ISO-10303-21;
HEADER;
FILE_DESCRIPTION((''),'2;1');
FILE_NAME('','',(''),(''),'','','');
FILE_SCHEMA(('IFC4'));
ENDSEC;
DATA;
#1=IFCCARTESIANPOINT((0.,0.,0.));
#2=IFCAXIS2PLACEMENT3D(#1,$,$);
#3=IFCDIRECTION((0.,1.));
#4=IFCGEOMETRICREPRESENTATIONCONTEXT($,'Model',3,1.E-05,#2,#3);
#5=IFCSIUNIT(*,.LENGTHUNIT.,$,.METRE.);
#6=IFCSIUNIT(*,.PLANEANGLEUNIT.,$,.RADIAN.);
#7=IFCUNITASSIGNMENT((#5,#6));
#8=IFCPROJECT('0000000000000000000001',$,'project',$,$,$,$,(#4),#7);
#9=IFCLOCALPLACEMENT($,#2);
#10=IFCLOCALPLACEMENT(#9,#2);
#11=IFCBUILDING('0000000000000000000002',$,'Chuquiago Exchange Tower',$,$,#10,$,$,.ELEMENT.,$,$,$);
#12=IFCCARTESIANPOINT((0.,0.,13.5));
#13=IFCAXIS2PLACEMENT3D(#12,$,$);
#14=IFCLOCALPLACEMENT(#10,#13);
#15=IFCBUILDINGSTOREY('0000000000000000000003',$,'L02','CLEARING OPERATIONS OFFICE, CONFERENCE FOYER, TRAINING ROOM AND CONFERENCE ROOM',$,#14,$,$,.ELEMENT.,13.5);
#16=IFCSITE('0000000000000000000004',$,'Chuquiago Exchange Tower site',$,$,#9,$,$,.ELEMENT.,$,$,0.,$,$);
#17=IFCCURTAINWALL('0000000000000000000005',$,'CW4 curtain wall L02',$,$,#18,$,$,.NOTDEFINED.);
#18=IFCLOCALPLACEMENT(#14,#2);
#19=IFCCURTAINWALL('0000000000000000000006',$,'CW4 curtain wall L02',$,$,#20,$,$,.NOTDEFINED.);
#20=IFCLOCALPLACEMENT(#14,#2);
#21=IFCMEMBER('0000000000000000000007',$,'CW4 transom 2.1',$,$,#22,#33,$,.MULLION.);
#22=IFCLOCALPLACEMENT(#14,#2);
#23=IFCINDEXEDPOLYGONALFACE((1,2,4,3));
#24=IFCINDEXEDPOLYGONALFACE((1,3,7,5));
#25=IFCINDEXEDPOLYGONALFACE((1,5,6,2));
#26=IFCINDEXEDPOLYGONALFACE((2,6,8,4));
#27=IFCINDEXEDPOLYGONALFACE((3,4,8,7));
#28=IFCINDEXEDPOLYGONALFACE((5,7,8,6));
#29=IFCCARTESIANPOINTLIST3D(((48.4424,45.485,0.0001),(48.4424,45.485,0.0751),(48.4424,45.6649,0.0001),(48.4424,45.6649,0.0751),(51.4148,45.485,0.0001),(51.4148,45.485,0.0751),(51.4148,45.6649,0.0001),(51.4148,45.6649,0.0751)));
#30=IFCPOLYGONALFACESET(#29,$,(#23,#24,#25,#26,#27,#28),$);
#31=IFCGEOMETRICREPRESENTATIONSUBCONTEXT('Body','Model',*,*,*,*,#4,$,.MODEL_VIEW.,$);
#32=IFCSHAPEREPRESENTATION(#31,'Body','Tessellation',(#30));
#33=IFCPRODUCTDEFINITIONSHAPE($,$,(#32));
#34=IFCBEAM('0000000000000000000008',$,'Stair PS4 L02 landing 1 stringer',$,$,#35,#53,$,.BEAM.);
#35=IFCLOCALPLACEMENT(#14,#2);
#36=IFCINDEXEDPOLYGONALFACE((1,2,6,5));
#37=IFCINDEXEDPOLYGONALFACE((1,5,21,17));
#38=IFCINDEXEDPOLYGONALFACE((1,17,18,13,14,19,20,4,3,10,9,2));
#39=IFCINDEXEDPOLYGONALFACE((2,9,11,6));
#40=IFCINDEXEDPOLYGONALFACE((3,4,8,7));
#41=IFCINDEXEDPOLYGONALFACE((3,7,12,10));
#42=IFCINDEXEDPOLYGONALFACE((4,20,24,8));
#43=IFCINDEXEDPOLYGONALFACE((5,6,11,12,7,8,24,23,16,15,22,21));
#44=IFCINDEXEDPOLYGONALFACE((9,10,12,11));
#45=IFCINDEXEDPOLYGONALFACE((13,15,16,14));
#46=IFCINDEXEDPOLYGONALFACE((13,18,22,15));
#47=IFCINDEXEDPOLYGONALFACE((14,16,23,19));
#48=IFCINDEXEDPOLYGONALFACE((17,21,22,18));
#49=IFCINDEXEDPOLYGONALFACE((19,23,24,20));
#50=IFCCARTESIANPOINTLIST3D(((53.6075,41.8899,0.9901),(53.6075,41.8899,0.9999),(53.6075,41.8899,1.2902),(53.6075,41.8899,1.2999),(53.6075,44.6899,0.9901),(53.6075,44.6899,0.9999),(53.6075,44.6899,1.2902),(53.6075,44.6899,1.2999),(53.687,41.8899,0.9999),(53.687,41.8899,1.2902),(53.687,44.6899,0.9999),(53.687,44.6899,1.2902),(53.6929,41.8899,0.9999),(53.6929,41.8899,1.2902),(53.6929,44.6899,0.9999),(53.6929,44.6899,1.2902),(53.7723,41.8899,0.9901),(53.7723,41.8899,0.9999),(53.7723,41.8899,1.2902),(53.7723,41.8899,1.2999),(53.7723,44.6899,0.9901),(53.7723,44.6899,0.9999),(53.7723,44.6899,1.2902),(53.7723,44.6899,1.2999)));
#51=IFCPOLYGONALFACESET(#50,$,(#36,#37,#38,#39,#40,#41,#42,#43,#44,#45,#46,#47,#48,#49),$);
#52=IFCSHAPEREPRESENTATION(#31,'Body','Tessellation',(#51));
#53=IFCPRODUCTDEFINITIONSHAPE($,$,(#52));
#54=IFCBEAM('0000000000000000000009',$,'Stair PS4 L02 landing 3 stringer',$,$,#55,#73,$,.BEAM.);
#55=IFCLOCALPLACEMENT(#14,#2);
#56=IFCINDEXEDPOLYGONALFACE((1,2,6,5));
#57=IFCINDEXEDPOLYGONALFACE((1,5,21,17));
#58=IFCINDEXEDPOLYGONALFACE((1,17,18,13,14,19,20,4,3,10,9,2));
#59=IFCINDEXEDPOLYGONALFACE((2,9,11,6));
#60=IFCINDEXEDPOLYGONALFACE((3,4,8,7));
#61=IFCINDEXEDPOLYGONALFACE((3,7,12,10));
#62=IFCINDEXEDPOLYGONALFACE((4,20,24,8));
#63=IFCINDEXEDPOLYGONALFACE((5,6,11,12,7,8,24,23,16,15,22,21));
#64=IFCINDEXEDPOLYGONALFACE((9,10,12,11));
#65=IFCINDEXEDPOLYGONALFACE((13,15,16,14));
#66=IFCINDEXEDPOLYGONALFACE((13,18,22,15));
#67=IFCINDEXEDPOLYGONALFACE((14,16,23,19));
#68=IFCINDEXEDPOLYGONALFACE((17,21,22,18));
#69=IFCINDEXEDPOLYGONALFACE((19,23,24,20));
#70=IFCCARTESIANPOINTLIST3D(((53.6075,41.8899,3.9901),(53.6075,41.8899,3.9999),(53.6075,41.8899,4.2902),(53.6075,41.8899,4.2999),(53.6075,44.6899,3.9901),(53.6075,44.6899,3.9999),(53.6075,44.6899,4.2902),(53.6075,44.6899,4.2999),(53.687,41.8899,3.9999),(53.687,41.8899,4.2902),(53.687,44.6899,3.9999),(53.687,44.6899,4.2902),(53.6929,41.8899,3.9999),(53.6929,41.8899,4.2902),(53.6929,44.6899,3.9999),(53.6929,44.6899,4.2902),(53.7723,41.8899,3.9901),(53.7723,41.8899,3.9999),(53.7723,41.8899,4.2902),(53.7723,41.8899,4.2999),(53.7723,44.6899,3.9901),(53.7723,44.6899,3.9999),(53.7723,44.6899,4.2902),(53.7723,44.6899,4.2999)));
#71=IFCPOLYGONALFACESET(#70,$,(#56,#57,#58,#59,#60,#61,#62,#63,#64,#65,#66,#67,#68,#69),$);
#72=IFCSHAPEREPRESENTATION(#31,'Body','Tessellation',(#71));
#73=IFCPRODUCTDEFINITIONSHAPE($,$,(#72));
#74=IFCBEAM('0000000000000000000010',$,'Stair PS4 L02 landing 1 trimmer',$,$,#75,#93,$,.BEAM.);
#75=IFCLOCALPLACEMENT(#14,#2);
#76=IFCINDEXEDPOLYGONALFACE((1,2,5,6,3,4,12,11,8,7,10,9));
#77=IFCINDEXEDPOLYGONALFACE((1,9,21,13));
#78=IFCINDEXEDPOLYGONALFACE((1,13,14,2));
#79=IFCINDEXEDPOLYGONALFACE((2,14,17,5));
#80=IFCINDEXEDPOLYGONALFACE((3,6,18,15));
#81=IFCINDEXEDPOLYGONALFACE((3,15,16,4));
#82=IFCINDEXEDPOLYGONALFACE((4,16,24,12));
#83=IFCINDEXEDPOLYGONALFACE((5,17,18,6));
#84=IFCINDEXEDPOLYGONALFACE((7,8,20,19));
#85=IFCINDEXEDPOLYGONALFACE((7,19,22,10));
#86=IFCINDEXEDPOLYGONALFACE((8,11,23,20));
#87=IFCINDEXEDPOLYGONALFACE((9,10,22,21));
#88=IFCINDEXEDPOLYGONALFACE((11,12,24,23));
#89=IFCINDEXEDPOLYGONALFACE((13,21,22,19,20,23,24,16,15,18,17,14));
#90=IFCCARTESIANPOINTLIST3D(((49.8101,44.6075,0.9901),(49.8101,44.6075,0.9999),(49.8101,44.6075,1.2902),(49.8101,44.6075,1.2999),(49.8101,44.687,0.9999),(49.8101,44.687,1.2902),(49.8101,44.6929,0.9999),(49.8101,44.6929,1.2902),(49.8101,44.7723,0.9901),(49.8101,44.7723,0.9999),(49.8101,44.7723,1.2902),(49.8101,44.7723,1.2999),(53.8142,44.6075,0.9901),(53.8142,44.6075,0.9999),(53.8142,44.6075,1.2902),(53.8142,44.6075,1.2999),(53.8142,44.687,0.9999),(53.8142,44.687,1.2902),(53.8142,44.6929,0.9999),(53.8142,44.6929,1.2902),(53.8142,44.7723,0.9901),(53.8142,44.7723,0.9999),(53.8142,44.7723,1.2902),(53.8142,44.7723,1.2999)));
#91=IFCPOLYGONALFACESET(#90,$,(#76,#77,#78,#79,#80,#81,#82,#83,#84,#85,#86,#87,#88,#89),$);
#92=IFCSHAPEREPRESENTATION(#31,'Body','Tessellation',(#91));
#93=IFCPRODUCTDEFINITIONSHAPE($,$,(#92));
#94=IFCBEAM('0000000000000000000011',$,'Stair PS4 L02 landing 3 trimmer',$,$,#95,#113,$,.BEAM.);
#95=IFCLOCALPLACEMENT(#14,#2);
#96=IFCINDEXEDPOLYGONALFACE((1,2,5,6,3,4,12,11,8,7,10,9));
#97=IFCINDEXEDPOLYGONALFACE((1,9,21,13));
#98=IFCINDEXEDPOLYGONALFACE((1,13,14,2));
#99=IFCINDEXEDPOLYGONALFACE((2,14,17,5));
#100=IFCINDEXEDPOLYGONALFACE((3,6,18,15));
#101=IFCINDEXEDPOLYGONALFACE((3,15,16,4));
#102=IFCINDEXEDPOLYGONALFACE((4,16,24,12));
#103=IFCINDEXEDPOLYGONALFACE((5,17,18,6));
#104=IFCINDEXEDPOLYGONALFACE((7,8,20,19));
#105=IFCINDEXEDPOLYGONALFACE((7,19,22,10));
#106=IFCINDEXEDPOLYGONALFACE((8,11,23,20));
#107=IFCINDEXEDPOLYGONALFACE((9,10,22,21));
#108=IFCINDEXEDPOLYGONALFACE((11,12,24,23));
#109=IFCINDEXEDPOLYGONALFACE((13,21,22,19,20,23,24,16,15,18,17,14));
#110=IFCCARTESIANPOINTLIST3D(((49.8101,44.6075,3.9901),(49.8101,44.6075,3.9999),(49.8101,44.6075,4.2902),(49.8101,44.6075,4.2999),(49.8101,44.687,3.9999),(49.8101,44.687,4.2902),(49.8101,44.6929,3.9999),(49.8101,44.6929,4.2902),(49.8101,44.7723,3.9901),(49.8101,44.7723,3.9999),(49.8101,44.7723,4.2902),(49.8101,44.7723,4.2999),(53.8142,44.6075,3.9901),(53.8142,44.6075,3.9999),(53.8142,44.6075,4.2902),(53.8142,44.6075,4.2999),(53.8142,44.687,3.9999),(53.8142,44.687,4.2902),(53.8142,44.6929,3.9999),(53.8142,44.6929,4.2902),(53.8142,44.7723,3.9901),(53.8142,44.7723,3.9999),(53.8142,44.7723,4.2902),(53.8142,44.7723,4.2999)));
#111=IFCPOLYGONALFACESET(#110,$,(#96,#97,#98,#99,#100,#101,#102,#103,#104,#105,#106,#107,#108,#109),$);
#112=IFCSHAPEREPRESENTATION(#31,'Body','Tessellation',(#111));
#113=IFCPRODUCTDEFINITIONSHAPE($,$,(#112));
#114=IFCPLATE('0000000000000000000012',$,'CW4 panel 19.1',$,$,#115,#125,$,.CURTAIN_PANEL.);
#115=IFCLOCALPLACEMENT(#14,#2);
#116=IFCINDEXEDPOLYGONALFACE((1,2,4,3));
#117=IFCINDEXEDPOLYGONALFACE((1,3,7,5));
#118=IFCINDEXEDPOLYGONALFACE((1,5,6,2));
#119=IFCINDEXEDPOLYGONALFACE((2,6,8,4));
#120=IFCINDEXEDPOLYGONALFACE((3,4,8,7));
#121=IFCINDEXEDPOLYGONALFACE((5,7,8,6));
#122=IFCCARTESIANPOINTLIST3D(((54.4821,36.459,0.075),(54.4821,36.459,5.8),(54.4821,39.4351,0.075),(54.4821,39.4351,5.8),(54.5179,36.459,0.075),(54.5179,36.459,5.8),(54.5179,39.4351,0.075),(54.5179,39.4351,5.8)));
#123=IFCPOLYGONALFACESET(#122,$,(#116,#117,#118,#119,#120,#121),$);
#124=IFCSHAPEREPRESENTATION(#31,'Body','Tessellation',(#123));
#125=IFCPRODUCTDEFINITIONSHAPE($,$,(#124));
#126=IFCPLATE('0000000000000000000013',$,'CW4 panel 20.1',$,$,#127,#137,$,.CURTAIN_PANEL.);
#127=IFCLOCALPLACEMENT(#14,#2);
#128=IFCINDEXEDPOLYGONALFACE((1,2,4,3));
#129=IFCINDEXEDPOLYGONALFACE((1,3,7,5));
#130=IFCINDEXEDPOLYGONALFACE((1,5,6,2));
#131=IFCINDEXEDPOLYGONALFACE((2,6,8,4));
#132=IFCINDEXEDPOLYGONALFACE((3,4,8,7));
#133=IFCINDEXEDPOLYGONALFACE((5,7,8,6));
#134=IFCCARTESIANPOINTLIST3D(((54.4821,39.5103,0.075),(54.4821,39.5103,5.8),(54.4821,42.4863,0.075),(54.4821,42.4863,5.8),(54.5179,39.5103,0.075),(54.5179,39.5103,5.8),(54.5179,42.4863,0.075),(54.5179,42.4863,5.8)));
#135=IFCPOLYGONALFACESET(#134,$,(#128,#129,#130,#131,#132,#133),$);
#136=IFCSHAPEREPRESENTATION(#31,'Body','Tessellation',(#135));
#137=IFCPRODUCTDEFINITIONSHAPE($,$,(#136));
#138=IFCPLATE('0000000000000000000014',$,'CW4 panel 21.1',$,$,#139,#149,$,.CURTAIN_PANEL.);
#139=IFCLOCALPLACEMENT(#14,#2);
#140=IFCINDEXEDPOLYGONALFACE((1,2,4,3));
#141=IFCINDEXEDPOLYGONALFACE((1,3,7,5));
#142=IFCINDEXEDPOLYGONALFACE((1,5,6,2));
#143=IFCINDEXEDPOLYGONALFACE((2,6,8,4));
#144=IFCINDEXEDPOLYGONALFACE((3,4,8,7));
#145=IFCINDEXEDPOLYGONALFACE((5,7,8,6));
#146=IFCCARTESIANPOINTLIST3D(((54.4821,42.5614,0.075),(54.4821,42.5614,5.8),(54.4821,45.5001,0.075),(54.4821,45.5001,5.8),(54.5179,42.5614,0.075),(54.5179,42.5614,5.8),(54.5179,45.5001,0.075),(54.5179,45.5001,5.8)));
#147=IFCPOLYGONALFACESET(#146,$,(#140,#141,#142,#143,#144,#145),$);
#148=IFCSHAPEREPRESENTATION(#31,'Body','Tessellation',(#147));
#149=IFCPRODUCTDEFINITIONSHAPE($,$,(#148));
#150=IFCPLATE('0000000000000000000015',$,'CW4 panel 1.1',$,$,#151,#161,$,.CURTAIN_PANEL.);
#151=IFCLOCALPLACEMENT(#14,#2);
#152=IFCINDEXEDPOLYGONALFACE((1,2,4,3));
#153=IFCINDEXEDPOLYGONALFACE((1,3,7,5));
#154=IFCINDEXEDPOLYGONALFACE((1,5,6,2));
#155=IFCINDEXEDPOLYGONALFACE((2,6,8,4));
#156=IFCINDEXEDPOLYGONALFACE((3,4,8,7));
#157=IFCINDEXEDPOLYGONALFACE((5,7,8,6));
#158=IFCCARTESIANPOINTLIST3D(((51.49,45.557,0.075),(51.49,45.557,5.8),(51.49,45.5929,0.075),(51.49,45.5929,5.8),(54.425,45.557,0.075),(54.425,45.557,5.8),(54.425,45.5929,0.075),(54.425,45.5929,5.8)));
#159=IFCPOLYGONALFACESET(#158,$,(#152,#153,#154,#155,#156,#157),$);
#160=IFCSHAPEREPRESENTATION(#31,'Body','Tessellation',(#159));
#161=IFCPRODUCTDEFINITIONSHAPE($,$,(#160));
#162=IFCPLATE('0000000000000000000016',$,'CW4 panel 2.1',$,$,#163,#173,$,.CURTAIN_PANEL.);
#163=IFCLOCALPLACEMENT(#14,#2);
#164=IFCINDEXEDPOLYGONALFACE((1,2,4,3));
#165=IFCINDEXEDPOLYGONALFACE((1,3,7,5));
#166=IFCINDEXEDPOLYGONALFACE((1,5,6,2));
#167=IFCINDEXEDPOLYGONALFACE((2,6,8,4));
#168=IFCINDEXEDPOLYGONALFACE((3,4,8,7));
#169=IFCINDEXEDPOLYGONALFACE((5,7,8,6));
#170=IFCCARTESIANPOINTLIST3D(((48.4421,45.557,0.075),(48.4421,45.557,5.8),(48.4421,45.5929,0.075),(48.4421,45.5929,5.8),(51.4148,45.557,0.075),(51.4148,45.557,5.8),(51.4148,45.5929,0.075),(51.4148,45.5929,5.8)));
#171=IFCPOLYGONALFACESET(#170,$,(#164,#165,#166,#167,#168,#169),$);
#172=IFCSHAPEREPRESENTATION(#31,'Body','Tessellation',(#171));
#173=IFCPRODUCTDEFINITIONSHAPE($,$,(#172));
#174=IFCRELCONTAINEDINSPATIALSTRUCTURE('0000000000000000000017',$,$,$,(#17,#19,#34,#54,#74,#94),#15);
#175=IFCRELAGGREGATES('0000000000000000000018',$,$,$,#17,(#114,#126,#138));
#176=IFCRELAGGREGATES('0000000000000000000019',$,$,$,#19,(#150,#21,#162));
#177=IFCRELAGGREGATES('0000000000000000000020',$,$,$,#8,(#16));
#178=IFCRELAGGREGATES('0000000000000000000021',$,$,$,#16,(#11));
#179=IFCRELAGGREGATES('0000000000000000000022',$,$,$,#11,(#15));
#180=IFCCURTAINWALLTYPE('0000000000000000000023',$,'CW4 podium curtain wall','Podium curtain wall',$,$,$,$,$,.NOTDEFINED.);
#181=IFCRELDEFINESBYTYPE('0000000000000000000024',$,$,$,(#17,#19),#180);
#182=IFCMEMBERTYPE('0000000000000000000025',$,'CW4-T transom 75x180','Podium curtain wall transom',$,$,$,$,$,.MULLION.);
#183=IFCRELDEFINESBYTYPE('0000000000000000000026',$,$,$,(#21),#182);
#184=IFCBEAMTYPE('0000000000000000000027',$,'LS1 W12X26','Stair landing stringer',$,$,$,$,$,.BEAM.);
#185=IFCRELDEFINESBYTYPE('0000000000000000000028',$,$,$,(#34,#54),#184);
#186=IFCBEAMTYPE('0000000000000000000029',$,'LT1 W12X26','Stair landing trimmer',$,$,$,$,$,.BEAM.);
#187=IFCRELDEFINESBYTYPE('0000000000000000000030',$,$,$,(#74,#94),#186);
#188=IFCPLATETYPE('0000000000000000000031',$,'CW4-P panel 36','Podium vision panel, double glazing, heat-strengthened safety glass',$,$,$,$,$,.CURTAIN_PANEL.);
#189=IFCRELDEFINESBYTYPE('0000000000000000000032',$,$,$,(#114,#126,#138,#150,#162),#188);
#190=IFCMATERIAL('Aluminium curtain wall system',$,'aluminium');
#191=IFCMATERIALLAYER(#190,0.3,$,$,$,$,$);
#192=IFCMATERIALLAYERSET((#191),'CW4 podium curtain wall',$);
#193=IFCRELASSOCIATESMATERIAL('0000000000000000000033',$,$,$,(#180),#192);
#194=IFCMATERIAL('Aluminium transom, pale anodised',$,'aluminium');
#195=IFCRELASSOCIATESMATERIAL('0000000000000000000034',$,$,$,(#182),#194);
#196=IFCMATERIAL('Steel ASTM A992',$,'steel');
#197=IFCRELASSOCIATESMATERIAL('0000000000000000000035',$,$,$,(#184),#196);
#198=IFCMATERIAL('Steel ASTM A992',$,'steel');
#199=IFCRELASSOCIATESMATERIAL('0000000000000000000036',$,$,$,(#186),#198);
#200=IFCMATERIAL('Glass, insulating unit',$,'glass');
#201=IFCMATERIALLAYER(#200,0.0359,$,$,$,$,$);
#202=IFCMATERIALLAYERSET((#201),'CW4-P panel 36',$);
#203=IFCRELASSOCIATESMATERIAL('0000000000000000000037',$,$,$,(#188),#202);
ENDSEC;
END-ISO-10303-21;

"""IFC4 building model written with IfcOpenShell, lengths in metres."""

from ifc_helpers import new_model, si_unit, direction, frame, origin, origin_2d, place, context, subcontext, project, spatial, rectangle, i_section, extrude, material, layer, layer_set, material_profile, profile_set, type_object, element, aggregate, save


model = new_model("IFC4")

# Units and contexts
model_context = context("Model", 3, precision=1e-05, world=origin(), true_north=direction((0.0, 1.0)))
body_context = subcontext(model_context, "Body", "Model", "MODEL_VIEW")
ifc_project = project(units=[si_unit("LENGTHUNIT", "METRE"), si_unit("PLANEANGLEUNIT", "RADIAN")], contexts=[model_context])

# Site, building, storey
site_placement = place(None, origin())
site = spatial("IfcSite", under=ifc_project, at=site_placement, Name="Chuquiago Exchange Tower site", CompositionType="ELEMENT", RefElevation=0.0)
building_placement = place(site_placement, origin())
building = spatial("IfcBuilding", under=site, at=building_placement, Name="Chuquiago Exchange Tower", CompositionType="ELEMENT")
storey_placement = place(building_placement, frame((0.0, 0.0, 13.5)))
storey = spatial("IfcBuildingStorey", under=building, at=storey_placement, Name="L02", Description="CLEARING OPERATIONS OFFICE, CONFERENCE FOYER, TRAINING ROOM AND CONFERENCE ROOM", CompositionType="ELEMENT", Elevation=13.5)

# Curtain walls
ifc_material_1 = material(Name="Aluminium curtain wall system", Category="aluminium")
ifc_layer_1 = layer(ifc_material_1, 0.3)
ifc_layer_set_1 = layer_set([ifc_layer_1], Name="CW4 podium curtain wall")
curtain_wall_type = type_object("IfcCurtainWallType", Name="CW4 podium curtain wall", Description="Podium curtain wall", PredefinedType="NOTDEFINED", material=ifc_layer_set_1)
curtain_wall_1_placement = place(storey_placement, origin())
curtain_wall_1 = element("IfcCurtainWall", 1, at=curtain_wall_1_placement, inside=storey, type_object=curtain_wall_type, Name="CW4 curtain wall L02", PredefinedType="NOTDEFINED")
curtain_wall_2_placement = place(storey_placement, origin())
curtain_wall_2 = element("IfcCurtainWall", 2, at=curtain_wall_2_placement, inside=storey, type_object=curtain_wall_type, Name="CW4 curtain wall L02", PredefinedType="NOTDEFINED")

# Member
ifc_material_2 = material(Name="Aluminium transom, pale anodised", Category="aluminium")
ifc_material_profile_1 = material_profile(ifc_material_2, rectangle(XDim=0.1799, YDim=0.075, at=origin_2d()), Name="AL 180x75")
ifc_profile_set_1 = profile_set([ifc_material_profile_1], Name="Aluminium transom, pale anodised")
member_type_1 = type_object("IfcMemberType", Name="CW4-T transom 75x180", Description="Podium curtain wall transom", PredefinedType="MULLION", material=ifc_profile_set_1)
member_1_placement = place(storey_placement, frame((51.4148, 45.575, 0.0376), z_axis=(-1.0, 0.0, 0.0), x_axis=(0.0, -1.0, 0.0)))
member_1 = element("IfcMember", 3, at=member_1_placement, type_object=member_type_1, Name="CW4 transom 2.1", PredefinedType="MULLION", context=body_context, shape_type="SweptSolid", body=[
    extrude(rectangle(XDim=0.1799, YDim=0.075, at=origin_2d()), origin(), (0.0, 0.0, 1.0), 2.9724),
])

# Beams
ifc_material_3 = material(Name="Steel ASTM A992", Category="steel")
ifc_material_profile_2 = material_profile(ifc_material_3, i_section(OverallWidth=0.1648, OverallDepth=0.3098, WebThickness=0.0059, FlangeThickness=0.0098, at=origin_2d()), Name="W12X26")
ifc_profile_set_2 = profile_set([ifc_material_profile_2], Name="Steel ASTM A992")
beam_type_1 = type_object("IfcBeamType", Name="LS1 W12X26", Description="Stair landing stringer", PredefinedType="BEAM", material=ifc_profile_set_2)
for number, where, z_axis, x_axis, name in (
    (4, (53.6899, 41.8899, 1.145), (0.0, 1.0, 0.0), (-1.0, 0.0, 0.0), "Stair PS4 L02 landing 1 stringer"),
    (5, (53.6899, 41.8899, 4.145), (0.0, 1.0, 0.0), (-1.0, 0.0, 0.0), "Stair PS4 L02 landing 3 stringer"),
):
    element("IfcBeam", number, at=place(storey_placement, frame(where, z_axis=z_axis, x_axis=x_axis)), inside=storey, type_object=beam_type_1, Name=name, PredefinedType="BEAM", context=body_context, shape_type="SweptSolid", body=[
        extrude(i_section(OverallWidth=0.1648, OverallDepth=0.3098, WebThickness=0.0059, FlangeThickness=0.0098, at=origin_2d()), origin(), (0.0, 0.0, 1.0), 2.8),
    ])
ifc_material_4 = material(Name="Steel ASTM A992", Category="steel")
ifc_material_profile_3 = material_profile(ifc_material_4, i_section(OverallWidth=0.1648, OverallDepth=0.3098, WebThickness=0.0059, FlangeThickness=0.0098, at=origin_2d()), Name="W12X26")
ifc_profile_set_3 = profile_set([ifc_material_profile_3], Name="Steel ASTM A992")
beam_type_2 = type_object("IfcBeamType", Name="LT1 W12X26", Description="Stair landing trimmer", PredefinedType="BEAM", material=ifc_profile_set_3)
for number, where, z_axis, x_axis, name in (
    (6, (49.8101, 44.6899, 1.145), (1.0, 0.0, 0.0), (0.0, 1.0, 0.0), "Stair PS4 L02 landing 1 trimmer"),
    (7, (49.8101, 44.6899, 4.145), (1.0, 0.0, 0.0), (0.0, 1.0, 0.0), "Stair PS4 L02 landing 3 trimmer"),
):
    element("IfcBeam", number, at=place(storey_placement, frame(where, z_axis=z_axis, x_axis=x_axis)), inside=storey, type_object=beam_type_2, Name=name, PredefinedType="BEAM", context=body_context, shape_type="SweptSolid", body=[
        extrude(i_section(OverallWidth=0.1648, OverallDepth=0.3098, WebThickness=0.0059, FlangeThickness=0.0098, at=origin_2d()), origin(), (0.0, 0.0, 1.0), 4.0042),
    ])

# Plates
ifc_material_5 = material(Name="Glass, insulating unit", Category="glass")
ifc_layer_2 = layer(ifc_material_5, 0.0359)
ifc_layer_set_2 = layer_set([ifc_layer_2], Name="CW4-P panel 36")
plate_type = type_object("IfcPlateType", Name="CW4-P panel 36", Description="Podium vision panel, double glazing, heat-strengthened safety glass", PredefinedType="CURTAIN_PANEL", material=ifc_layer_set_2)
plate_1_placement = place(storey_placement, frame((54.5, 37.947, 0.075), z_axis=(0.0, 0.0, 1.0), x_axis=(0.0, 1.0, 0.0)))
plate_1 = element("IfcPlate", 8, at=plate_1_placement, type_object=plate_type, Name="CW4 panel 19.1", PredefinedType="CURTAIN_PANEL", context=body_context, shape_type="SweptSolid", body=[
    extrude(rectangle(XDim=2.9761, YDim=0.0359, at=origin_2d()), origin(), (0.0, 0.0, 1.0), 5.7251),
])
plate_2_placement = place(storey_placement, frame((54.5, 40.9983, 0.075), z_axis=(0.0, 0.0, 1.0), x_axis=(0.0, 1.0, 0.0)))
plate_2 = element("IfcPlate", 9, at=plate_2_placement, type_object=plate_type, Name="CW4 panel 20.1", PredefinedType="CURTAIN_PANEL", context=body_context, shape_type="SweptSolid", body=[
    extrude(rectangle(XDim=2.9761, YDim=0.0359, at=origin_2d()), origin(), (0.0, 0.0, 1.0), 5.7251),
])
plate_3_placement = place(storey_placement, frame((54.5, 44.0308, 0.075), z_axis=(0.0, 0.0, 1.0), x_axis=(0.0, 1.0, 0.0)))
plate_3 = element("IfcPlate", 10, at=plate_3_placement, type_object=plate_type, Name="CW4 panel 21.1", PredefinedType="CURTAIN_PANEL", context=body_context, shape_type="SweptSolid", body=[
    extrude(rectangle(XDim=2.9387, YDim=0.0359, at=origin_2d()), origin(), (0.0, 0.0, 1.0), 5.7251),
])
aggregate(curtain_wall_1, [plate_1, plate_2, plate_3])
plate_4_placement = place(storey_placement, frame((52.9575, 45.575, 0.075), z_axis=(0.0, 0.0, 1.0), x_axis=(-1.0, 0.0, 0.0)))
plate_4 = element("IfcPlate", 11, at=plate_4_placement, type_object=plate_type, Name="CW4 panel 1.1", PredefinedType="CURTAIN_PANEL", context=body_context, shape_type="SweptSolid", body=[
    extrude(rectangle(XDim=2.9351, YDim=0.0359, at=origin_2d()), origin(), (0.0, 0.0, 1.0), 5.7251),
])
plate_5_placement = place(storey_placement, frame((49.9285, 45.575, 0.075), z_axis=(0.0, 0.0, 1.0), x_axis=(-1.0, 0.0, 0.0)))
plate_5 = element("IfcPlate", 12, at=plate_5_placement, type_object=plate_type, Name="CW4 panel 2.1", PredefinedType="CURTAIN_PANEL", context=body_context, shape_type="SweptSolid", body=[
    extrude(rectangle(XDim=2.9727, YDim=0.0359, at=origin_2d()), origin(), (0.0, 0.0, 1.0), 5.7251),
])
aggregate(curtain_wall_2, [plate_4, member_1, plate_5])

save(model, "model.ifc")
